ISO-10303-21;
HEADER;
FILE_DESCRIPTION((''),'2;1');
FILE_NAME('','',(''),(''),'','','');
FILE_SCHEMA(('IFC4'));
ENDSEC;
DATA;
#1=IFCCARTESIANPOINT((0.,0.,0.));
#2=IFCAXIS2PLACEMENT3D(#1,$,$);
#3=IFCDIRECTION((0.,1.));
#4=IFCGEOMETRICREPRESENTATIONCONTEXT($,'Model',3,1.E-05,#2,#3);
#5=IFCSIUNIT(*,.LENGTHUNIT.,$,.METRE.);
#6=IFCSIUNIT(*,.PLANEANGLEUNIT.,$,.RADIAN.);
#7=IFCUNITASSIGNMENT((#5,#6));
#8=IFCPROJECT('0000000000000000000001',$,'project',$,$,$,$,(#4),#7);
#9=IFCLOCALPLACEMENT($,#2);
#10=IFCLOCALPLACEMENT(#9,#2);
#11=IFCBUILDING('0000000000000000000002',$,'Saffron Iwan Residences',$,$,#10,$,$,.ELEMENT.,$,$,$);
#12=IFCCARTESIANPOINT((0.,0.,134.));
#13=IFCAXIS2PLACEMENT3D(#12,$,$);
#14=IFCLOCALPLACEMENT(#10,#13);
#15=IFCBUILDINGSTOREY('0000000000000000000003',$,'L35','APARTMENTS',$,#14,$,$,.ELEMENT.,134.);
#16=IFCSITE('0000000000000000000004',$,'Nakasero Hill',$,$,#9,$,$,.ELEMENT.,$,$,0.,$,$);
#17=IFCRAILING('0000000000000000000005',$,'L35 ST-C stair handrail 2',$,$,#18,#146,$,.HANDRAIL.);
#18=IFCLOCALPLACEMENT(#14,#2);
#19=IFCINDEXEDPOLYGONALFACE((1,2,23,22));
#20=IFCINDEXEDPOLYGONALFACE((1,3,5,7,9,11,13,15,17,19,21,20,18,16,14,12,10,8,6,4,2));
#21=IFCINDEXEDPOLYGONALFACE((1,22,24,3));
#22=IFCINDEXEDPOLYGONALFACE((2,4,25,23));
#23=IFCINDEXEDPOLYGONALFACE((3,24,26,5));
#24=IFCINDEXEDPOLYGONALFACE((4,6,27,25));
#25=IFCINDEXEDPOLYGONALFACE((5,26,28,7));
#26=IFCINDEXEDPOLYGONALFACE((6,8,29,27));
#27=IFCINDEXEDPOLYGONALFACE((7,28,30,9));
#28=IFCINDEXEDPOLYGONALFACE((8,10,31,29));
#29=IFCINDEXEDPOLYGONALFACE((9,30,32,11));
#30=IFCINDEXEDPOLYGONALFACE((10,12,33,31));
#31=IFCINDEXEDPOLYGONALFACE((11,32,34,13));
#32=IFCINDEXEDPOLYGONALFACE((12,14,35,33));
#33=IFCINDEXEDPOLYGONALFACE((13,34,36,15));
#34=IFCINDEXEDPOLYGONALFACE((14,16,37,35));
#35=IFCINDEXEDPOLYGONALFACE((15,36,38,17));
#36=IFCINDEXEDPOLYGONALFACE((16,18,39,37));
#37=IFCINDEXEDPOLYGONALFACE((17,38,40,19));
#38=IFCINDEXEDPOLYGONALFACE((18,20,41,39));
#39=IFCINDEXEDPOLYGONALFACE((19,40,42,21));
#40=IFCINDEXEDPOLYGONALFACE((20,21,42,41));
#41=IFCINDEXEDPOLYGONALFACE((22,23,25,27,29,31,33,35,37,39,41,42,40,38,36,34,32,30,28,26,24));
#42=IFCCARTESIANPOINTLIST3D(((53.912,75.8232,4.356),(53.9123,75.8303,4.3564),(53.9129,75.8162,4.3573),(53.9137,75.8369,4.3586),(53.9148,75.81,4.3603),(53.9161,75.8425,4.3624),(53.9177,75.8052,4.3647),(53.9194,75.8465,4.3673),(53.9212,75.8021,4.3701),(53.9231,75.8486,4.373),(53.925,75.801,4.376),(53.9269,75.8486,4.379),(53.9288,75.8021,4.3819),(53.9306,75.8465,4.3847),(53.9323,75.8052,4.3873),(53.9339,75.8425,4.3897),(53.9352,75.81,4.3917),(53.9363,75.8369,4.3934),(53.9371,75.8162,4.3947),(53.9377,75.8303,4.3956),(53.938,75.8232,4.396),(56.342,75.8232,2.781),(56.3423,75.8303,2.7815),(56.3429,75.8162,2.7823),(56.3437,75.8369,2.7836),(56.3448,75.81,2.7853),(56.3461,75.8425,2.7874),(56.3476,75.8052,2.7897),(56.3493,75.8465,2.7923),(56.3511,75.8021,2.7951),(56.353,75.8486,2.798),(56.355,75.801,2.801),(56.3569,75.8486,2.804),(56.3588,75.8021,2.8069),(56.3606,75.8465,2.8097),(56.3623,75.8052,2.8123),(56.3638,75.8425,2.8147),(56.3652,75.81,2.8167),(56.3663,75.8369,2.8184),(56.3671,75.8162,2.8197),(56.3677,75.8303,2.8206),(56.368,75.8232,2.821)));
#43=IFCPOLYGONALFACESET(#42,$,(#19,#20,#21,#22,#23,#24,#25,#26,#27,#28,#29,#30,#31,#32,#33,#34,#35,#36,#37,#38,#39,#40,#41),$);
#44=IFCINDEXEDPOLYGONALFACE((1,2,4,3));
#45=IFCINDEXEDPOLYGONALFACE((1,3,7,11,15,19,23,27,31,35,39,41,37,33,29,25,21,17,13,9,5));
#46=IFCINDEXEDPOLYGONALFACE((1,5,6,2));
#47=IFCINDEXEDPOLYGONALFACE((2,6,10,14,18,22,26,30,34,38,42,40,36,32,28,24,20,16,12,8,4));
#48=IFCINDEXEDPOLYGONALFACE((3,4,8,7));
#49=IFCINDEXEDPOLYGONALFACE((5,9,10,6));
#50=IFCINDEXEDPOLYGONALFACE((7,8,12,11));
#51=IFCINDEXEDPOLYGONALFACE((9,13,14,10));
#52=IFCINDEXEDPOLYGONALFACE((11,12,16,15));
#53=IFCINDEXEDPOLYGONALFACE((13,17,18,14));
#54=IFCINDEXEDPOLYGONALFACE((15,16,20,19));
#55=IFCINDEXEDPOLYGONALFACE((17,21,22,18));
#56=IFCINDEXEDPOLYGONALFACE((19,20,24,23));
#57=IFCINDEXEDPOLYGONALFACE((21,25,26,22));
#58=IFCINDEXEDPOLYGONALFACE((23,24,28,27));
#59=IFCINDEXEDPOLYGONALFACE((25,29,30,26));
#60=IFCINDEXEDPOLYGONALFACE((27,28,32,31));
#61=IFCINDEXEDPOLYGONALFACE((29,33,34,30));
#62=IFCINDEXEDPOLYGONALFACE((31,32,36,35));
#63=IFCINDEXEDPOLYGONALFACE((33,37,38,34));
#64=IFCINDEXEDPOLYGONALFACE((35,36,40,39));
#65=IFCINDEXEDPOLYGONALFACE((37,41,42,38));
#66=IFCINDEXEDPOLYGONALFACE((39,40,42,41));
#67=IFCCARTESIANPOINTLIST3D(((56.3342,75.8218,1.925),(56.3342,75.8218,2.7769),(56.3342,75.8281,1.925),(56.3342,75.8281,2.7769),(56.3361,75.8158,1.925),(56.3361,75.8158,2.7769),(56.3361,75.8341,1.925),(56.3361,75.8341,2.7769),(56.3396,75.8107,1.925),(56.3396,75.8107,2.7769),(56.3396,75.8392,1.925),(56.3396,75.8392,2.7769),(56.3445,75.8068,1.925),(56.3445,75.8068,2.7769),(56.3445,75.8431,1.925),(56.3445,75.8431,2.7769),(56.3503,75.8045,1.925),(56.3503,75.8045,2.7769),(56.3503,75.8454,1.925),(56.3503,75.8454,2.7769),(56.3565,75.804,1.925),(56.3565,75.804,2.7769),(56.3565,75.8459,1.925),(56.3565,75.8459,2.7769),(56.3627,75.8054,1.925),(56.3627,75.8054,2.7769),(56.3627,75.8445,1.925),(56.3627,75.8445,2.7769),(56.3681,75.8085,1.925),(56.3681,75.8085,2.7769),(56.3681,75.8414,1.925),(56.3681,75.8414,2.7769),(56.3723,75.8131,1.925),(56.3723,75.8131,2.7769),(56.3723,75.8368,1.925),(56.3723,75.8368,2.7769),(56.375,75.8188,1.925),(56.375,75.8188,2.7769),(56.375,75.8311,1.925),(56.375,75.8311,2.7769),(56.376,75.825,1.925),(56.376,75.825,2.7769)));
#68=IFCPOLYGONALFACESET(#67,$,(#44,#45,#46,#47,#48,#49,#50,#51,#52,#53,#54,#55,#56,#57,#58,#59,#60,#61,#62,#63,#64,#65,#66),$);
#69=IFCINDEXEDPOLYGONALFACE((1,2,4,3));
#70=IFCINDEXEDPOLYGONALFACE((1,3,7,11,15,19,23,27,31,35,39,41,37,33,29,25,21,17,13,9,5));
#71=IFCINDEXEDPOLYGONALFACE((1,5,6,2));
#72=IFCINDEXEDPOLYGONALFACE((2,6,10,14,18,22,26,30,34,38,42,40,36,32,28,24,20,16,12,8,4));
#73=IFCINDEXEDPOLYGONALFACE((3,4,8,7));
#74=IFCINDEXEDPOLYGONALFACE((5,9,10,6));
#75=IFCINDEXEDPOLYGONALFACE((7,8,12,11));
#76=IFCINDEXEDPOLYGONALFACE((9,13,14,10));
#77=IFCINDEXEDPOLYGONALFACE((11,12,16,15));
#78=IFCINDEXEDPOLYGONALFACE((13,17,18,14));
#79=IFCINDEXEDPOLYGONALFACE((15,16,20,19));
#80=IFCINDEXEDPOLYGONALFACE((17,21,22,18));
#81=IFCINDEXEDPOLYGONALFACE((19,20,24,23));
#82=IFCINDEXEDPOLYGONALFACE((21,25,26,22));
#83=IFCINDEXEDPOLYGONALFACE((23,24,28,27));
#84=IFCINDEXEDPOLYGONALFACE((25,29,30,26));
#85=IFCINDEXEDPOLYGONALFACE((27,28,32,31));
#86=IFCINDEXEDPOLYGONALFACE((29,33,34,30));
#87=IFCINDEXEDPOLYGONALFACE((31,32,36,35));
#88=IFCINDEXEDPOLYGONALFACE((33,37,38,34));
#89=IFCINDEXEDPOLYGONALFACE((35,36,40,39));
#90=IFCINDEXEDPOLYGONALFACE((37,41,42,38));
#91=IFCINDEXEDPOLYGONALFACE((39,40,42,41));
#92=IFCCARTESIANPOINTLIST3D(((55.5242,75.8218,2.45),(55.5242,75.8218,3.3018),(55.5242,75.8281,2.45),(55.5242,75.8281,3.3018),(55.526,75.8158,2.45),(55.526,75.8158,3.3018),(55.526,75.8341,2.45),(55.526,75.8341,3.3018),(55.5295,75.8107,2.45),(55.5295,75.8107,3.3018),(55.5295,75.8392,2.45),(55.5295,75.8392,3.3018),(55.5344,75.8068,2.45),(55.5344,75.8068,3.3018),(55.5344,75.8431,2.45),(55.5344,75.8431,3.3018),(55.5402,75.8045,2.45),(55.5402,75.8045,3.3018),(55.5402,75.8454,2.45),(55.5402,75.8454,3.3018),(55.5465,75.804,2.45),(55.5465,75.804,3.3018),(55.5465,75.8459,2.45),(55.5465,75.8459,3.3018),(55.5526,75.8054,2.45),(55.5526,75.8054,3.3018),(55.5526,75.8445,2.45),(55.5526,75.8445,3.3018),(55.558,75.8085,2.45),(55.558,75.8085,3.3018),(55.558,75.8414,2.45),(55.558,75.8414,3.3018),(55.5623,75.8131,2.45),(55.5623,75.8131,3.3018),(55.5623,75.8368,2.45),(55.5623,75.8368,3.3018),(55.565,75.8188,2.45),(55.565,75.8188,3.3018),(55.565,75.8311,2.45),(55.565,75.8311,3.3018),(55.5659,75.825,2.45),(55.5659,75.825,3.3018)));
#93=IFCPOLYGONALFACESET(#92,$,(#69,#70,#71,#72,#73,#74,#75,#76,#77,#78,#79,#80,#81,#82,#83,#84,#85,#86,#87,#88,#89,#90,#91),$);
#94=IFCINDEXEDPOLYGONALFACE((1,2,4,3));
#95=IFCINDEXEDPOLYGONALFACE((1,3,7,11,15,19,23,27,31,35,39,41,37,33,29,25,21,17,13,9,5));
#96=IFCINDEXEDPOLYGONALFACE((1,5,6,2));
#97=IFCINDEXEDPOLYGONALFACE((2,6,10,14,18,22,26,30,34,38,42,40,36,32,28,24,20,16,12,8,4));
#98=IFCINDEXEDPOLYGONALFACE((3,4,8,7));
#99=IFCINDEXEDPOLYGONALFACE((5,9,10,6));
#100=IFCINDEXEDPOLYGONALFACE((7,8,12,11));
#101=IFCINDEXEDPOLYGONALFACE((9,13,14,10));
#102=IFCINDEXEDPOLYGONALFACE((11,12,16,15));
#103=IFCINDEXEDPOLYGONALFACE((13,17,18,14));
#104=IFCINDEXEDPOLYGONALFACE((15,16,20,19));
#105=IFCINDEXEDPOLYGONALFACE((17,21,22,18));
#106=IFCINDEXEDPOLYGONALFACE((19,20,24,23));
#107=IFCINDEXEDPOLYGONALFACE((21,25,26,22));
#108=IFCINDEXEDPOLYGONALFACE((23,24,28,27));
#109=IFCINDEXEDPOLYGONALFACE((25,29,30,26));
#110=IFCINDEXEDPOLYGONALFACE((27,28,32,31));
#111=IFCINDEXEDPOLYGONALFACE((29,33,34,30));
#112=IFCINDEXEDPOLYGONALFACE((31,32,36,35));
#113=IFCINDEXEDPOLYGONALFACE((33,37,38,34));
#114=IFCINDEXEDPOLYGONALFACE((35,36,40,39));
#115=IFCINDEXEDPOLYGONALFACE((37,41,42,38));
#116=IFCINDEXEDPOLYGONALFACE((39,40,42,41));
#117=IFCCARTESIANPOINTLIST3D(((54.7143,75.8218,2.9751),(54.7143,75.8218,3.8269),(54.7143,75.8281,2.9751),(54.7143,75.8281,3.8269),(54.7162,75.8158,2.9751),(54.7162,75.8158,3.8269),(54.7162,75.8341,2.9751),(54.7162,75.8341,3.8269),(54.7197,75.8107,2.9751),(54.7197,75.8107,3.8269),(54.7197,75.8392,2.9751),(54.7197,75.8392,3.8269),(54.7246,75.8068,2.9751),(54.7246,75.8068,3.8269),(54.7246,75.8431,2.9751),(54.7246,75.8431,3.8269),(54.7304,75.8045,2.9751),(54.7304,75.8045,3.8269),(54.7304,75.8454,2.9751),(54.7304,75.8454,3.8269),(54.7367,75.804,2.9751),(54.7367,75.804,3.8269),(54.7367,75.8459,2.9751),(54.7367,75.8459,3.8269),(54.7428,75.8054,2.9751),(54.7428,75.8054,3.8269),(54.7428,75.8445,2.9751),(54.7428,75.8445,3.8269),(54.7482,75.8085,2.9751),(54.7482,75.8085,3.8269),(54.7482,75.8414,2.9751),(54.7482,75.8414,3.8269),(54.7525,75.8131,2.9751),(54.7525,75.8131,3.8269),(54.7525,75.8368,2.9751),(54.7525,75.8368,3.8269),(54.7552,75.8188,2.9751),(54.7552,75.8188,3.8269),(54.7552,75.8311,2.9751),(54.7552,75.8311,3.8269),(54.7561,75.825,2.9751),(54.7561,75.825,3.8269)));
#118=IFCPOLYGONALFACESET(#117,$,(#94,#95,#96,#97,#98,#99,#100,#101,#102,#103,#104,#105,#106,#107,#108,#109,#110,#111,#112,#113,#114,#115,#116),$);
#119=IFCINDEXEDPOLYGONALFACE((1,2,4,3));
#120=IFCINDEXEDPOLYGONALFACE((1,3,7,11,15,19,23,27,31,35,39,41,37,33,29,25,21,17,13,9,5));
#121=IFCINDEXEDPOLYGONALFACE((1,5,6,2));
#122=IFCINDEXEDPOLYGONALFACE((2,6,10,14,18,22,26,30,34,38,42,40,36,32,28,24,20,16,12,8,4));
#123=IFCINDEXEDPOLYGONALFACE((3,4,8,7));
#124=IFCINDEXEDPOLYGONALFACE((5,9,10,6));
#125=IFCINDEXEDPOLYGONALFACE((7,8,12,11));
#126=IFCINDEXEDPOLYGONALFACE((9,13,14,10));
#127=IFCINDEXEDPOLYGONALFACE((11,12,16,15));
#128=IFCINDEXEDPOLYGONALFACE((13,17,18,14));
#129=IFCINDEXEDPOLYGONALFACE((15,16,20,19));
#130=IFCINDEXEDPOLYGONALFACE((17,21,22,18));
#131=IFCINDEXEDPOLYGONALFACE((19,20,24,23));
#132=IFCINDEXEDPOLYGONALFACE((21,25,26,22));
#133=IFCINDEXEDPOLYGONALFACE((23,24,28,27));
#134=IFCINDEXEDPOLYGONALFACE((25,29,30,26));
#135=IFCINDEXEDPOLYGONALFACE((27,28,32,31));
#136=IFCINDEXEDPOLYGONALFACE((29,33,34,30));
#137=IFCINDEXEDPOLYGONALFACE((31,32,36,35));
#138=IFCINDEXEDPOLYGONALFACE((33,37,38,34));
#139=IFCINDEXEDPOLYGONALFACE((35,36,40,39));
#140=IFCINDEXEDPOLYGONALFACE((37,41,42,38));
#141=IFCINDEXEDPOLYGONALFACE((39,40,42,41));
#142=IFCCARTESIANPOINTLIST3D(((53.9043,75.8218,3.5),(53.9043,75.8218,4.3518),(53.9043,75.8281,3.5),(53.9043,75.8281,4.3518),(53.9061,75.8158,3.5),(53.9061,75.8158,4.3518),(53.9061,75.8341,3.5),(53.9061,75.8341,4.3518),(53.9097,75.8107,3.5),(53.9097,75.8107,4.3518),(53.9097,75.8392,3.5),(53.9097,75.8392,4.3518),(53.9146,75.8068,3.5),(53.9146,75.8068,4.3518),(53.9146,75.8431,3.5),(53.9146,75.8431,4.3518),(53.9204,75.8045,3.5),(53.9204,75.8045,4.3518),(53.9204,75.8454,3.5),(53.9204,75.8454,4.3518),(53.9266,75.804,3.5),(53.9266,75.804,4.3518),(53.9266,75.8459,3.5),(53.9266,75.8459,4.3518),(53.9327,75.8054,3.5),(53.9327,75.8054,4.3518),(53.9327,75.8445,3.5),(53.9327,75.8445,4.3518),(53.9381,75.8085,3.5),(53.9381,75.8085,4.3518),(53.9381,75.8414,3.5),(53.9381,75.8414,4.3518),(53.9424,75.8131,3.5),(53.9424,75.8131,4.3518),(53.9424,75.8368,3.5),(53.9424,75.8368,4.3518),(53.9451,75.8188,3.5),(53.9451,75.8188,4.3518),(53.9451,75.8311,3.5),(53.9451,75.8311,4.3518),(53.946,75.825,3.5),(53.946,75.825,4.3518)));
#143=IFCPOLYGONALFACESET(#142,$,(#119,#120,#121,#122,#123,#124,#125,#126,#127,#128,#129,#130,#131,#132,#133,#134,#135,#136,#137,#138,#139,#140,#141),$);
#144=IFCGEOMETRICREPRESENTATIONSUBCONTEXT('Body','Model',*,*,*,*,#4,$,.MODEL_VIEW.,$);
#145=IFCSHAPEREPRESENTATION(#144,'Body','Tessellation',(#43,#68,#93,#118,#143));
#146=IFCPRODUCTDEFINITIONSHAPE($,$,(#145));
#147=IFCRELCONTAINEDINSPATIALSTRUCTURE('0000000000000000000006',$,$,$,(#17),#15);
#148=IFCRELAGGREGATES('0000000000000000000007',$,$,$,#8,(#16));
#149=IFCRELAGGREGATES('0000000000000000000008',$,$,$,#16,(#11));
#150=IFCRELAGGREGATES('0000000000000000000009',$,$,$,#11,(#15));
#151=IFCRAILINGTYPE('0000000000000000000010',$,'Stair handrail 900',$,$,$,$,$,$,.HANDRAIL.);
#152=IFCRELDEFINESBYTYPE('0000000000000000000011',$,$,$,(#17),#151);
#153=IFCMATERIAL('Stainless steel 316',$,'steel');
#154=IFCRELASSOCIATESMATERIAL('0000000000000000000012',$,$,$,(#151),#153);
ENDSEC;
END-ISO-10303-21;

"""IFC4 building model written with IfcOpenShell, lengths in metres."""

from ifc_helpers import new_model, si_unit, direction, frame, origin, origin_2d, place, context, subcontext, project, spatial, circle, extrude, material, type_object, element, save


model = new_model("IFC4")

# Units and contexts
model_context = context("Model", 3, precision=1e-05, world=origin(), true_north=direction((0.0, 1.0)))
body_context = subcontext(model_context, "Body", "Model", "MODEL_VIEW")
ifc_project = project(units=[si_unit("LENGTHUNIT", "METRE"), si_unit("PLANEANGLEUNIT", "RADIAN")], contexts=[model_context])

# Site, building, storey
site_placement = place(None, origin())
site = spatial("IfcSite", under=ifc_project, at=site_placement, Name="Nakasero Hill", CompositionType="ELEMENT", RefElevation=0.0)
building_placement = place(site_placement, origin())
building = spatial("IfcBuilding", under=site, at=building_placement, Name="Saffron Iwan Residences", CompositionType="ELEMENT")
storey_placement = place(building_placement, frame((0.0, 0.0, 134.0)))
storey = spatial("IfcBuildingStorey", under=building, at=storey_placement, Name="L35", Description="APARTMENTS", CompositionType="ELEMENT", Elevation=134.0)

# Railing
ifc_material_1 = material(Name="Stainless steel 316", Category="steel")
railing_type_1 = type_object("IfcRailingType", Name="Stair handrail 900", PredefinedType="HANDRAIL", material=ifc_material_1)
railing_1_placement = place(storey_placement, frame((56.355, 75.825, 1.925)))
element("IfcRailing", 1, at=railing_1_placement, inside=storey, type_object=railing_type_1, Name="L35 ST-C stair handrail 2", PredefinedType="HANDRAIL", context=body_context, shape_type="SweptSolid", body=[
    extrude(circle(Radius=0.0239, at=origin_2d()), frame((0.0, 0.0, 0.876), z_axis=(-0.839154, 0.0, 0.543894), x_axis=(0.0, -1.0, 0.0)), (0.0, 0.0, 1.0), 2.8958),
    extrude(circle(Radius=0.021, at=origin_2d()), origin(), (0.0, 0.0, 1.0), 0.8518),
    extrude(circle(Radius=0.021, at=origin_2d()), frame((-0.8101, 0.0, 0.5249)), (0.0, 0.0, 1.0), 0.8518),
    extrude(circle(Radius=0.021, at=origin_2d()), frame((-1.6199, 0.0, 1.05)), (0.0, 0.0, 1.0), 0.8518),
    extrude(circle(Radius=0.021, at=origin_2d()), frame((-2.4299, 0.0, 1.575)), (0.0, 0.0, 1.0), 0.8518),
])

save(model, "model.ifc")
